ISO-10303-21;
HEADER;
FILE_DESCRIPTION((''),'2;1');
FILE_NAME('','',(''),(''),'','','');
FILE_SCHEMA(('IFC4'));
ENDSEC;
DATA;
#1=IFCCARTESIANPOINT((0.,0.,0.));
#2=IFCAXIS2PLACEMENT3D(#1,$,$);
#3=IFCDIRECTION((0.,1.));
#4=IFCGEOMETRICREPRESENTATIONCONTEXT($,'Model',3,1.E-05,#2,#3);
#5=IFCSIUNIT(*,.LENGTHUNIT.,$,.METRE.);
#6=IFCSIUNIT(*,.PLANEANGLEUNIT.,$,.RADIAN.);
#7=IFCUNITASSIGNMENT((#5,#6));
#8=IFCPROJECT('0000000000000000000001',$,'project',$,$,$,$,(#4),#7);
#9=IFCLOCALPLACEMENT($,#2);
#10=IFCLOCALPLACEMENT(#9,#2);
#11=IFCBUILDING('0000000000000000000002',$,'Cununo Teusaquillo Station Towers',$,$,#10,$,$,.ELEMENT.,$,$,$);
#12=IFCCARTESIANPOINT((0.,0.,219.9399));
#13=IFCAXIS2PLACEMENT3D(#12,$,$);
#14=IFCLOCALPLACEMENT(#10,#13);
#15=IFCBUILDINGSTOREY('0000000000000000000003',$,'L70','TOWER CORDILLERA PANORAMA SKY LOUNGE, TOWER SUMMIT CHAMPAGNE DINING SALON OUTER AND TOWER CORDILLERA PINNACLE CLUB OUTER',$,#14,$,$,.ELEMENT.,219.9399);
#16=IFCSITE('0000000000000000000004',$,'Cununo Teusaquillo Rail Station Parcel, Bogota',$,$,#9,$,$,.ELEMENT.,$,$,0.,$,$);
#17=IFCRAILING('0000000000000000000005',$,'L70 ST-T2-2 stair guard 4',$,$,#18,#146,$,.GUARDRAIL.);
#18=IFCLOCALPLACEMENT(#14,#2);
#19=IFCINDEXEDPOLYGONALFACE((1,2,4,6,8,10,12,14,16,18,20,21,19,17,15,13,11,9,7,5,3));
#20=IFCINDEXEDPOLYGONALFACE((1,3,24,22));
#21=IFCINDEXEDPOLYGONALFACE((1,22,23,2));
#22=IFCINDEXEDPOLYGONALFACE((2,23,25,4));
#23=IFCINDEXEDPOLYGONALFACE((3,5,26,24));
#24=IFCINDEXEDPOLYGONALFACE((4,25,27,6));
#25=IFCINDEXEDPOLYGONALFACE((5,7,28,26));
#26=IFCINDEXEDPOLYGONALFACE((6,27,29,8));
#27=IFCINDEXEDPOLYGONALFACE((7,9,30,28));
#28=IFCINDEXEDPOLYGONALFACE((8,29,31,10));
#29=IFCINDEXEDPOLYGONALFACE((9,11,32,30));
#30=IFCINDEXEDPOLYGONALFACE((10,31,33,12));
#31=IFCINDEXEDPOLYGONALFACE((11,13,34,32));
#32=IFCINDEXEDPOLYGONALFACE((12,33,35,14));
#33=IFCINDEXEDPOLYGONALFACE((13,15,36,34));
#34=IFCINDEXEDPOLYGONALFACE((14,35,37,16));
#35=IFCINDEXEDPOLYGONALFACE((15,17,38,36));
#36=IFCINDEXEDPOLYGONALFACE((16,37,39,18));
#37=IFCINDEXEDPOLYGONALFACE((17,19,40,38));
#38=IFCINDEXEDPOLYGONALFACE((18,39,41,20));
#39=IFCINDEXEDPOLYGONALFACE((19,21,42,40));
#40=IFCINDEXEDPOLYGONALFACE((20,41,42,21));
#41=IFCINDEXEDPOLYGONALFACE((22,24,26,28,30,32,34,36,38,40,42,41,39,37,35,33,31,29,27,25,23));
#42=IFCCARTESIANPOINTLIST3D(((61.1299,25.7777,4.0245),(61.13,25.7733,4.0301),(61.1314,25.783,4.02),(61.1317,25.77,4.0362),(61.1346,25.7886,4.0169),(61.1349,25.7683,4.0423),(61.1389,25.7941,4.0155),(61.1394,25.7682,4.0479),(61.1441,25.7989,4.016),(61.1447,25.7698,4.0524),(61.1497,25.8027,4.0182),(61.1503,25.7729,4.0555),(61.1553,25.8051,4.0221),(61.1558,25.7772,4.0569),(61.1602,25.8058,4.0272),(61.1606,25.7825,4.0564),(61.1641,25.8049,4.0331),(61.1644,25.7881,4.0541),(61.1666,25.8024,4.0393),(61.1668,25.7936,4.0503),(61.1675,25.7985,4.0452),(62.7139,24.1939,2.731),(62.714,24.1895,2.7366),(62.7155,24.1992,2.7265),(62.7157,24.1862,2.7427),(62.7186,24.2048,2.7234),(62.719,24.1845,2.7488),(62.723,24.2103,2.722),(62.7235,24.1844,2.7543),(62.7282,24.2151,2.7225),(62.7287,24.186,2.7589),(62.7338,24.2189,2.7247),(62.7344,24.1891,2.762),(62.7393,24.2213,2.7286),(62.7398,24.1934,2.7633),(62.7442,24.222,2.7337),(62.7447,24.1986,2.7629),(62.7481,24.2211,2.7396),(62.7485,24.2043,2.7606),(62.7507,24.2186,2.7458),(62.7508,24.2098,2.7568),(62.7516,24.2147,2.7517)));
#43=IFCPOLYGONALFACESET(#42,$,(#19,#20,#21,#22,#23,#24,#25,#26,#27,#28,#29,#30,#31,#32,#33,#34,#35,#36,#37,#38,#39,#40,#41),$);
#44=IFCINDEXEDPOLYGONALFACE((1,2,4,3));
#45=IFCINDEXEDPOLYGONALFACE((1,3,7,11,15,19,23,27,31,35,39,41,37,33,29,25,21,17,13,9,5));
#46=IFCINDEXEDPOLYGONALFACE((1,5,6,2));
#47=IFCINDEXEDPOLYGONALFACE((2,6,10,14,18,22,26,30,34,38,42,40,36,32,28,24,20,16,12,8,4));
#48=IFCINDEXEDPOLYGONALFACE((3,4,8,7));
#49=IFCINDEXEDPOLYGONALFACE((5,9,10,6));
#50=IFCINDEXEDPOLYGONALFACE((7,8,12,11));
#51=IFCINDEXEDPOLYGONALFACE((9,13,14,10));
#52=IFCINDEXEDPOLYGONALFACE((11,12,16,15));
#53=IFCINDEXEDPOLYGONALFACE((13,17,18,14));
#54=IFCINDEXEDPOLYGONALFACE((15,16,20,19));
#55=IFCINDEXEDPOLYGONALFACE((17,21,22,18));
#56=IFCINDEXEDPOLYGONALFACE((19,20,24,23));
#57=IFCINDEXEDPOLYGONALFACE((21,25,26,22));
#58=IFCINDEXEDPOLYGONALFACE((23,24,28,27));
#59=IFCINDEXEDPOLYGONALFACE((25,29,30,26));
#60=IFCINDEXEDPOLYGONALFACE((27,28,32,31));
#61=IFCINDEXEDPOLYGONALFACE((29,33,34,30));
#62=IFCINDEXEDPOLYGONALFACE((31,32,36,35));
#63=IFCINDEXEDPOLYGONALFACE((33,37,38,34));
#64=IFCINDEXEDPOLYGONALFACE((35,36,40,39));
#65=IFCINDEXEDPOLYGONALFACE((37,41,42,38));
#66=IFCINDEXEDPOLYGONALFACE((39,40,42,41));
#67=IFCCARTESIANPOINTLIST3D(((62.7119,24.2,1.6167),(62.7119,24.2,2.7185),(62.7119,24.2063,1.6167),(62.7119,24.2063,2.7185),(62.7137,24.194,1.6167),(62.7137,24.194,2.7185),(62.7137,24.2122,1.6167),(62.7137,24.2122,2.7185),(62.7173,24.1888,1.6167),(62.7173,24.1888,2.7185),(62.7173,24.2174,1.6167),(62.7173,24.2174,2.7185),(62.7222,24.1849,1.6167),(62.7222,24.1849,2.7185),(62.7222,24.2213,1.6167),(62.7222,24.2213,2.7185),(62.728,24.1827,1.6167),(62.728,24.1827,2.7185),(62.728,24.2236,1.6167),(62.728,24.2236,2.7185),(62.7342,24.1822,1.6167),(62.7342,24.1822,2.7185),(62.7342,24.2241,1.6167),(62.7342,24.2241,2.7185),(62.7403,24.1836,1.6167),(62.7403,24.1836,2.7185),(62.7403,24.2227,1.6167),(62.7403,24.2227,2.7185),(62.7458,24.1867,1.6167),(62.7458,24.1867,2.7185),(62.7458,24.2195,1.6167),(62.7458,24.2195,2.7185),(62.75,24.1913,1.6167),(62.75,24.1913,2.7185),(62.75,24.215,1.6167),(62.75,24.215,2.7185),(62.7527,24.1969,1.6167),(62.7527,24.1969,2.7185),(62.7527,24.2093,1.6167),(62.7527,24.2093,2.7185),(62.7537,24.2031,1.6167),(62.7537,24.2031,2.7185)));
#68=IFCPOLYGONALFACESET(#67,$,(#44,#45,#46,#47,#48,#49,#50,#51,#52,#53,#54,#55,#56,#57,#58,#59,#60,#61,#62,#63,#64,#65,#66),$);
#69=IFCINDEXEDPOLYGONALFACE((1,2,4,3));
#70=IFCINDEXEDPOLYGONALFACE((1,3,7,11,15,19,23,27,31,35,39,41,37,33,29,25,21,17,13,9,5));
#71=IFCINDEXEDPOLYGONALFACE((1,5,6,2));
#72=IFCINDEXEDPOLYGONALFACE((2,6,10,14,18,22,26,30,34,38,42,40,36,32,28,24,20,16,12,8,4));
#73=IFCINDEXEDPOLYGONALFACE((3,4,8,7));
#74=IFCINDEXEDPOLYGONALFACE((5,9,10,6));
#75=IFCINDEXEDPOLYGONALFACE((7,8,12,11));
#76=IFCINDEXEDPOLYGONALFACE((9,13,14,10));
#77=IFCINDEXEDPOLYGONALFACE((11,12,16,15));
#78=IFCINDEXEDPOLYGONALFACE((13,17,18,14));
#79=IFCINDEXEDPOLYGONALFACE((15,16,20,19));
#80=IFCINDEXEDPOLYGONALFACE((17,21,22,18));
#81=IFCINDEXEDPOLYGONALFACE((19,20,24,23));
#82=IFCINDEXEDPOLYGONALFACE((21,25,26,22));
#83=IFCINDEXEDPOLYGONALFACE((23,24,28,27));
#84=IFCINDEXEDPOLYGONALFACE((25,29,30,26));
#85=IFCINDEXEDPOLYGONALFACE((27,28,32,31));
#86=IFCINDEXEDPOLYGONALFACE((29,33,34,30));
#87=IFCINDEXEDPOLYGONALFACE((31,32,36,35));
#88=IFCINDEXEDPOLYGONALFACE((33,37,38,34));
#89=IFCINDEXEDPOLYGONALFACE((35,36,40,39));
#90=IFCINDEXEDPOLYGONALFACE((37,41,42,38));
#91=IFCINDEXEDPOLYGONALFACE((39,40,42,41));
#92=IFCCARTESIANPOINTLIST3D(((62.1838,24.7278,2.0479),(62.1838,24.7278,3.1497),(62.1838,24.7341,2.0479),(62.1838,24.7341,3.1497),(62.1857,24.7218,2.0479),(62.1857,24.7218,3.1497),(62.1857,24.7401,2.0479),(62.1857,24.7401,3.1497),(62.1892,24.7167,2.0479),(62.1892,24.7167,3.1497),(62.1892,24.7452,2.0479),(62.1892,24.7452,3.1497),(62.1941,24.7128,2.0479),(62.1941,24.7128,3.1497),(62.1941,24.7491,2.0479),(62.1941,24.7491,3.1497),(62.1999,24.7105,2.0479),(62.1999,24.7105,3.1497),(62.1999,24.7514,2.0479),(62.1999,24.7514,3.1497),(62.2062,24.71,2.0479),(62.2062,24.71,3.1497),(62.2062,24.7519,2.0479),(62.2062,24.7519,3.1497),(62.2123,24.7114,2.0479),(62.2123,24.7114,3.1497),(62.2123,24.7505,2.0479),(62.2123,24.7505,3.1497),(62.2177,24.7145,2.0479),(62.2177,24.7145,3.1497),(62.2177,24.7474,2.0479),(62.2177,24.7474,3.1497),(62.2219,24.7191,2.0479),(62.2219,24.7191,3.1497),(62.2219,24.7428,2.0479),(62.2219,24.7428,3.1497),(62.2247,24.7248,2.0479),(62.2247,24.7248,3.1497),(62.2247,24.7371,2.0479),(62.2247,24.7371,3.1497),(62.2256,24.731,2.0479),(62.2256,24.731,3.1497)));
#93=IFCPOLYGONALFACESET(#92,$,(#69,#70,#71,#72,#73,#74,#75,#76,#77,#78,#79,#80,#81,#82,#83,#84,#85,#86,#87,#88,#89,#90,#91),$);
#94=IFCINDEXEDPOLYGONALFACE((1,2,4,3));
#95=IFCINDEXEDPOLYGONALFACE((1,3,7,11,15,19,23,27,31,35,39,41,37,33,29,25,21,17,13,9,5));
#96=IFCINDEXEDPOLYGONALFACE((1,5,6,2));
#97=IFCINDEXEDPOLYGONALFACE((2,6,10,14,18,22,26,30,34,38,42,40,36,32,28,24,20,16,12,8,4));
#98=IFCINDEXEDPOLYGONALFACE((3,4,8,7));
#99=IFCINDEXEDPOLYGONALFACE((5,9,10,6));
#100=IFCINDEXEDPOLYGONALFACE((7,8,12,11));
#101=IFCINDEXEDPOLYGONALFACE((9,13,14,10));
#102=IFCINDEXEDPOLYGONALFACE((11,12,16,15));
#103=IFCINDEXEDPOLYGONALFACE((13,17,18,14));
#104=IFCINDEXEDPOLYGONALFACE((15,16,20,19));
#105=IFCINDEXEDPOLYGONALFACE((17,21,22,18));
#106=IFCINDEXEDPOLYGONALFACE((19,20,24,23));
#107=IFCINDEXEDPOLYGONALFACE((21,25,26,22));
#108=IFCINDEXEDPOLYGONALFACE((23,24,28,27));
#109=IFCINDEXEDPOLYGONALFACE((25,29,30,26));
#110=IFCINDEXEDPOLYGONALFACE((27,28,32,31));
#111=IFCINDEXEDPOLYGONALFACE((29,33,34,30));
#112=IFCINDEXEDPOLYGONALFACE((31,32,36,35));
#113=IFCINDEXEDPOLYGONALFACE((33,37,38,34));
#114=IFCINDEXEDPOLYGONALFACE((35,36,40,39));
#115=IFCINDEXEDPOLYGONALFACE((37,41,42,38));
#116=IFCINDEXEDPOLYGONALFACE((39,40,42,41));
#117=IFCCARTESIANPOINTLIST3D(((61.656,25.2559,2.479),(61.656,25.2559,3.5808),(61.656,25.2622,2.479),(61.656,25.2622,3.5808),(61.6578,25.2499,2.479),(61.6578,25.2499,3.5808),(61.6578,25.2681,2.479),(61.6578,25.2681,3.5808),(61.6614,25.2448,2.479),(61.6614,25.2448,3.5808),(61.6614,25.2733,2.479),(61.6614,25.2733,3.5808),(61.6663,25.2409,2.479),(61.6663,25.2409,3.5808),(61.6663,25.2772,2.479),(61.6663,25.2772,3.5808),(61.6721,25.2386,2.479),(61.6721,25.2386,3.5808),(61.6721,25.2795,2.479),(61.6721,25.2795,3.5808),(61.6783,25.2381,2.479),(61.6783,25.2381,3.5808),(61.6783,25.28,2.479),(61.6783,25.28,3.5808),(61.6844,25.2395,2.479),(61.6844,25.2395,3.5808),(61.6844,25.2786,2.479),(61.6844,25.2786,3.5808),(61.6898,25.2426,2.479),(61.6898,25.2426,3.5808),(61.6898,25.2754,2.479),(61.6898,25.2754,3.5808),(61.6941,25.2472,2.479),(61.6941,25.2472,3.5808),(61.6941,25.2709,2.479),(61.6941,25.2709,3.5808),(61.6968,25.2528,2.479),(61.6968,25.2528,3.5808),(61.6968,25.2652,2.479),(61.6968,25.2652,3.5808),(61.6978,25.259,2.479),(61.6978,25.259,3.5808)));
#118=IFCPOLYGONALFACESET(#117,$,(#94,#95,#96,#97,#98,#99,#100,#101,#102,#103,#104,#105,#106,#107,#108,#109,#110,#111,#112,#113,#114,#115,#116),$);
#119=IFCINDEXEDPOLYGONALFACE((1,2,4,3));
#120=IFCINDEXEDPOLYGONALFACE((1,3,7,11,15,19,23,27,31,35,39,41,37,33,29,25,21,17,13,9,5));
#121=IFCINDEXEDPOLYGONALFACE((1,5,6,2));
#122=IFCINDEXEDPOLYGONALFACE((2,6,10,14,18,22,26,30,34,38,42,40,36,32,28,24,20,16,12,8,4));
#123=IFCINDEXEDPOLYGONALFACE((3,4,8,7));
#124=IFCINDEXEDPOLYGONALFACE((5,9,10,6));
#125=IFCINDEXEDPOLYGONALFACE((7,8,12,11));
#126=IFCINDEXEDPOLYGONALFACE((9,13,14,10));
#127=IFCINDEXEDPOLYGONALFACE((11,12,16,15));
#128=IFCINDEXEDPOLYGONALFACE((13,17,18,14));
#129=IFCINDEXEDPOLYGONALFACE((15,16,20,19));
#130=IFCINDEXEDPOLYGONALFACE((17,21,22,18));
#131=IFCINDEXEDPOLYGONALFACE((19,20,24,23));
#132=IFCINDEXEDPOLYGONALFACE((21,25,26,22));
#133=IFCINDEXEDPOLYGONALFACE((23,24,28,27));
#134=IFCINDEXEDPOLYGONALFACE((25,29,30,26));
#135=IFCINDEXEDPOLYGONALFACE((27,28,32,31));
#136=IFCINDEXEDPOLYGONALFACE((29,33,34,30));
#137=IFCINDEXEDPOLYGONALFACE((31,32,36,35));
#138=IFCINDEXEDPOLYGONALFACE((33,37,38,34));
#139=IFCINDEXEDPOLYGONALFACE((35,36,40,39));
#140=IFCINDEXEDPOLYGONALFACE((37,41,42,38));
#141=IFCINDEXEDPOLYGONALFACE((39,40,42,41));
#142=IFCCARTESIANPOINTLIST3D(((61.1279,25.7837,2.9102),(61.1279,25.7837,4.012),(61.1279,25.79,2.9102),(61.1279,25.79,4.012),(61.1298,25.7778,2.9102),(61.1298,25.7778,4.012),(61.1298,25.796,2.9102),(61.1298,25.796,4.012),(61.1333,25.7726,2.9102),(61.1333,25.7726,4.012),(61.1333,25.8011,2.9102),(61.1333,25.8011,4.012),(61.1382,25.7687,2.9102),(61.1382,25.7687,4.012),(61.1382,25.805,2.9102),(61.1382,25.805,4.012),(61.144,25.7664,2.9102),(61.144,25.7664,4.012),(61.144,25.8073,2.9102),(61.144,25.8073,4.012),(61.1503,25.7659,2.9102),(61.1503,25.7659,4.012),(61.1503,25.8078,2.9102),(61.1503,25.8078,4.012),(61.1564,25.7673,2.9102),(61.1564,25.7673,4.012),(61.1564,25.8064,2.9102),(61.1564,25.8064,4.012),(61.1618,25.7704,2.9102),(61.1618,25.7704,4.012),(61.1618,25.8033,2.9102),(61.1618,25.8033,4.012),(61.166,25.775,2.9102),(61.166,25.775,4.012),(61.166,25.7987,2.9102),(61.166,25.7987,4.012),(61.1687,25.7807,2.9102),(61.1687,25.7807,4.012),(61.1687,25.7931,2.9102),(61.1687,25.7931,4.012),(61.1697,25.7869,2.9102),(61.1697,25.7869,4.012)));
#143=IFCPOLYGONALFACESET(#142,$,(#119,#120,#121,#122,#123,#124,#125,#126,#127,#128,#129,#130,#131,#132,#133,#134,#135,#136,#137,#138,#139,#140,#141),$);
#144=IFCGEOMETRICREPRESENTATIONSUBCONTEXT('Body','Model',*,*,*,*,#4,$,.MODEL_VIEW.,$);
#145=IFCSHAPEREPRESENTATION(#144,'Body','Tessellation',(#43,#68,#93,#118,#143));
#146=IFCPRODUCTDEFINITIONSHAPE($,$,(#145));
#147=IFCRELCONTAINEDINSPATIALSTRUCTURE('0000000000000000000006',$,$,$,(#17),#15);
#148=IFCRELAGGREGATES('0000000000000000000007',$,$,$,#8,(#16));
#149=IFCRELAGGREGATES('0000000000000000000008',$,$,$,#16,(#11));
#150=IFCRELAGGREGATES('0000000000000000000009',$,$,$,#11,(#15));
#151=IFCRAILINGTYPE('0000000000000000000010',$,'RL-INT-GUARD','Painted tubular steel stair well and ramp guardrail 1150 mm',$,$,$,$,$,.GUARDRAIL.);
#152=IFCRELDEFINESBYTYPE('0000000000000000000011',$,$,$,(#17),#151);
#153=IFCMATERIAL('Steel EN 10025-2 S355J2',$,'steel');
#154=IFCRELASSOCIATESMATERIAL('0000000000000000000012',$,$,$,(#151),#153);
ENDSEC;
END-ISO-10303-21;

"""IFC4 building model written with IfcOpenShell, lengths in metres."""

from ifc_helpers import new_model, si_unit, direction, frame, origin, origin_2d, place, context, subcontext, project, spatial, circle, extrude, material, type_object, element, save


model = new_model("IFC4")

# Units and contexts
model_context = context("Model", 3, precision=1e-05, world=origin(), true_north=direction((0.0, 1.0)))
body_context = subcontext(model_context, "Body", "Model", "MODEL_VIEW")
ifc_project = project(units=[si_unit("LENGTHUNIT", "METRE"), si_unit("PLANEANGLEUNIT", "RADIAN")], contexts=[model_context])

# Site, building, storey
site_placement = place(None, origin())
site = spatial("IfcSite", under=ifc_project, at=site_placement, Name="Cununo Teusaquillo Rail Station Parcel, Bogota", CompositionType="ELEMENT", RefElevation=0.0)
building_placement = place(site_placement, origin())
building = spatial("IfcBuilding", under=site, at=building_placement, Name="Cununo Teusaquillo Station Towers", CompositionType="ELEMENT")
storey_placement = place(building_placement, frame((0.0, 0.0, 219.9399)))
storey = spatial("IfcBuildingStorey", under=building, at=storey_placement, Name="L70", Description="TOWER CORDILLERA PANORAMA SKY LOUNGE, TOWER SUMMIT CHAMPAGNE DINING SALON OUTER AND TOWER CORDILLERA PINNACLE CLUB OUTER", CompositionType="ELEMENT", Elevation=219.9399)

# Railing
ifc_material_1 = material(Name="Steel EN 10025-2 S355J2", Category="steel")
railing_type_1 = type_object("IfcRailingType", Name="RL-INT-GUARD", Description="Painted tubular steel stair well and ramp guardrail 1150 mm", PredefinedType="GUARDRAIL", material=ifc_material_1)
railing_1_placement = place(storey_placement, frame((62.7327, 24.2031, 1.6167)))
element("IfcRailing", 1, at=railing_1_placement, inside=storey, type_object=railing_type_1, Name="L70 ST-T2-2 stair guard 4", PredefinedType="GUARDRAIL", context=body_context, shape_type="SweptSolid", body=[
    extrude(circle(Radius=0.0239, at=origin_2d()), frame((0.0, 0.0, 1.126), z_axis=(-0.612391, 0.612297, 0.500069), x_axis=(-0.707052, -0.707161, 0.0)), (0.0, 0.0, 1.0), 2.5867),
    extrude(circle(Radius=0.021, at=origin_2d()), origin(), (0.0, 0.0, 1.0), 1.1018),
    extrude(circle(Radius=0.021, at=origin_2d()), frame((-0.5281, 0.5278, 0.4312)), (0.0, 0.0, 1.0), 1.1018),
    extrude(circle(Radius=0.021, at=origin_2d()), frame((-1.0559, 1.0559, 0.8623)), (0.0, 0.0, 1.0), 1.1018),
    extrude(circle(Radius=0.021, at=origin_2d()), frame((-1.584, 1.5837, 1.2935)), (0.0, 0.0, 1.0), 1.1018),
])

save(model, "model.ifc")
